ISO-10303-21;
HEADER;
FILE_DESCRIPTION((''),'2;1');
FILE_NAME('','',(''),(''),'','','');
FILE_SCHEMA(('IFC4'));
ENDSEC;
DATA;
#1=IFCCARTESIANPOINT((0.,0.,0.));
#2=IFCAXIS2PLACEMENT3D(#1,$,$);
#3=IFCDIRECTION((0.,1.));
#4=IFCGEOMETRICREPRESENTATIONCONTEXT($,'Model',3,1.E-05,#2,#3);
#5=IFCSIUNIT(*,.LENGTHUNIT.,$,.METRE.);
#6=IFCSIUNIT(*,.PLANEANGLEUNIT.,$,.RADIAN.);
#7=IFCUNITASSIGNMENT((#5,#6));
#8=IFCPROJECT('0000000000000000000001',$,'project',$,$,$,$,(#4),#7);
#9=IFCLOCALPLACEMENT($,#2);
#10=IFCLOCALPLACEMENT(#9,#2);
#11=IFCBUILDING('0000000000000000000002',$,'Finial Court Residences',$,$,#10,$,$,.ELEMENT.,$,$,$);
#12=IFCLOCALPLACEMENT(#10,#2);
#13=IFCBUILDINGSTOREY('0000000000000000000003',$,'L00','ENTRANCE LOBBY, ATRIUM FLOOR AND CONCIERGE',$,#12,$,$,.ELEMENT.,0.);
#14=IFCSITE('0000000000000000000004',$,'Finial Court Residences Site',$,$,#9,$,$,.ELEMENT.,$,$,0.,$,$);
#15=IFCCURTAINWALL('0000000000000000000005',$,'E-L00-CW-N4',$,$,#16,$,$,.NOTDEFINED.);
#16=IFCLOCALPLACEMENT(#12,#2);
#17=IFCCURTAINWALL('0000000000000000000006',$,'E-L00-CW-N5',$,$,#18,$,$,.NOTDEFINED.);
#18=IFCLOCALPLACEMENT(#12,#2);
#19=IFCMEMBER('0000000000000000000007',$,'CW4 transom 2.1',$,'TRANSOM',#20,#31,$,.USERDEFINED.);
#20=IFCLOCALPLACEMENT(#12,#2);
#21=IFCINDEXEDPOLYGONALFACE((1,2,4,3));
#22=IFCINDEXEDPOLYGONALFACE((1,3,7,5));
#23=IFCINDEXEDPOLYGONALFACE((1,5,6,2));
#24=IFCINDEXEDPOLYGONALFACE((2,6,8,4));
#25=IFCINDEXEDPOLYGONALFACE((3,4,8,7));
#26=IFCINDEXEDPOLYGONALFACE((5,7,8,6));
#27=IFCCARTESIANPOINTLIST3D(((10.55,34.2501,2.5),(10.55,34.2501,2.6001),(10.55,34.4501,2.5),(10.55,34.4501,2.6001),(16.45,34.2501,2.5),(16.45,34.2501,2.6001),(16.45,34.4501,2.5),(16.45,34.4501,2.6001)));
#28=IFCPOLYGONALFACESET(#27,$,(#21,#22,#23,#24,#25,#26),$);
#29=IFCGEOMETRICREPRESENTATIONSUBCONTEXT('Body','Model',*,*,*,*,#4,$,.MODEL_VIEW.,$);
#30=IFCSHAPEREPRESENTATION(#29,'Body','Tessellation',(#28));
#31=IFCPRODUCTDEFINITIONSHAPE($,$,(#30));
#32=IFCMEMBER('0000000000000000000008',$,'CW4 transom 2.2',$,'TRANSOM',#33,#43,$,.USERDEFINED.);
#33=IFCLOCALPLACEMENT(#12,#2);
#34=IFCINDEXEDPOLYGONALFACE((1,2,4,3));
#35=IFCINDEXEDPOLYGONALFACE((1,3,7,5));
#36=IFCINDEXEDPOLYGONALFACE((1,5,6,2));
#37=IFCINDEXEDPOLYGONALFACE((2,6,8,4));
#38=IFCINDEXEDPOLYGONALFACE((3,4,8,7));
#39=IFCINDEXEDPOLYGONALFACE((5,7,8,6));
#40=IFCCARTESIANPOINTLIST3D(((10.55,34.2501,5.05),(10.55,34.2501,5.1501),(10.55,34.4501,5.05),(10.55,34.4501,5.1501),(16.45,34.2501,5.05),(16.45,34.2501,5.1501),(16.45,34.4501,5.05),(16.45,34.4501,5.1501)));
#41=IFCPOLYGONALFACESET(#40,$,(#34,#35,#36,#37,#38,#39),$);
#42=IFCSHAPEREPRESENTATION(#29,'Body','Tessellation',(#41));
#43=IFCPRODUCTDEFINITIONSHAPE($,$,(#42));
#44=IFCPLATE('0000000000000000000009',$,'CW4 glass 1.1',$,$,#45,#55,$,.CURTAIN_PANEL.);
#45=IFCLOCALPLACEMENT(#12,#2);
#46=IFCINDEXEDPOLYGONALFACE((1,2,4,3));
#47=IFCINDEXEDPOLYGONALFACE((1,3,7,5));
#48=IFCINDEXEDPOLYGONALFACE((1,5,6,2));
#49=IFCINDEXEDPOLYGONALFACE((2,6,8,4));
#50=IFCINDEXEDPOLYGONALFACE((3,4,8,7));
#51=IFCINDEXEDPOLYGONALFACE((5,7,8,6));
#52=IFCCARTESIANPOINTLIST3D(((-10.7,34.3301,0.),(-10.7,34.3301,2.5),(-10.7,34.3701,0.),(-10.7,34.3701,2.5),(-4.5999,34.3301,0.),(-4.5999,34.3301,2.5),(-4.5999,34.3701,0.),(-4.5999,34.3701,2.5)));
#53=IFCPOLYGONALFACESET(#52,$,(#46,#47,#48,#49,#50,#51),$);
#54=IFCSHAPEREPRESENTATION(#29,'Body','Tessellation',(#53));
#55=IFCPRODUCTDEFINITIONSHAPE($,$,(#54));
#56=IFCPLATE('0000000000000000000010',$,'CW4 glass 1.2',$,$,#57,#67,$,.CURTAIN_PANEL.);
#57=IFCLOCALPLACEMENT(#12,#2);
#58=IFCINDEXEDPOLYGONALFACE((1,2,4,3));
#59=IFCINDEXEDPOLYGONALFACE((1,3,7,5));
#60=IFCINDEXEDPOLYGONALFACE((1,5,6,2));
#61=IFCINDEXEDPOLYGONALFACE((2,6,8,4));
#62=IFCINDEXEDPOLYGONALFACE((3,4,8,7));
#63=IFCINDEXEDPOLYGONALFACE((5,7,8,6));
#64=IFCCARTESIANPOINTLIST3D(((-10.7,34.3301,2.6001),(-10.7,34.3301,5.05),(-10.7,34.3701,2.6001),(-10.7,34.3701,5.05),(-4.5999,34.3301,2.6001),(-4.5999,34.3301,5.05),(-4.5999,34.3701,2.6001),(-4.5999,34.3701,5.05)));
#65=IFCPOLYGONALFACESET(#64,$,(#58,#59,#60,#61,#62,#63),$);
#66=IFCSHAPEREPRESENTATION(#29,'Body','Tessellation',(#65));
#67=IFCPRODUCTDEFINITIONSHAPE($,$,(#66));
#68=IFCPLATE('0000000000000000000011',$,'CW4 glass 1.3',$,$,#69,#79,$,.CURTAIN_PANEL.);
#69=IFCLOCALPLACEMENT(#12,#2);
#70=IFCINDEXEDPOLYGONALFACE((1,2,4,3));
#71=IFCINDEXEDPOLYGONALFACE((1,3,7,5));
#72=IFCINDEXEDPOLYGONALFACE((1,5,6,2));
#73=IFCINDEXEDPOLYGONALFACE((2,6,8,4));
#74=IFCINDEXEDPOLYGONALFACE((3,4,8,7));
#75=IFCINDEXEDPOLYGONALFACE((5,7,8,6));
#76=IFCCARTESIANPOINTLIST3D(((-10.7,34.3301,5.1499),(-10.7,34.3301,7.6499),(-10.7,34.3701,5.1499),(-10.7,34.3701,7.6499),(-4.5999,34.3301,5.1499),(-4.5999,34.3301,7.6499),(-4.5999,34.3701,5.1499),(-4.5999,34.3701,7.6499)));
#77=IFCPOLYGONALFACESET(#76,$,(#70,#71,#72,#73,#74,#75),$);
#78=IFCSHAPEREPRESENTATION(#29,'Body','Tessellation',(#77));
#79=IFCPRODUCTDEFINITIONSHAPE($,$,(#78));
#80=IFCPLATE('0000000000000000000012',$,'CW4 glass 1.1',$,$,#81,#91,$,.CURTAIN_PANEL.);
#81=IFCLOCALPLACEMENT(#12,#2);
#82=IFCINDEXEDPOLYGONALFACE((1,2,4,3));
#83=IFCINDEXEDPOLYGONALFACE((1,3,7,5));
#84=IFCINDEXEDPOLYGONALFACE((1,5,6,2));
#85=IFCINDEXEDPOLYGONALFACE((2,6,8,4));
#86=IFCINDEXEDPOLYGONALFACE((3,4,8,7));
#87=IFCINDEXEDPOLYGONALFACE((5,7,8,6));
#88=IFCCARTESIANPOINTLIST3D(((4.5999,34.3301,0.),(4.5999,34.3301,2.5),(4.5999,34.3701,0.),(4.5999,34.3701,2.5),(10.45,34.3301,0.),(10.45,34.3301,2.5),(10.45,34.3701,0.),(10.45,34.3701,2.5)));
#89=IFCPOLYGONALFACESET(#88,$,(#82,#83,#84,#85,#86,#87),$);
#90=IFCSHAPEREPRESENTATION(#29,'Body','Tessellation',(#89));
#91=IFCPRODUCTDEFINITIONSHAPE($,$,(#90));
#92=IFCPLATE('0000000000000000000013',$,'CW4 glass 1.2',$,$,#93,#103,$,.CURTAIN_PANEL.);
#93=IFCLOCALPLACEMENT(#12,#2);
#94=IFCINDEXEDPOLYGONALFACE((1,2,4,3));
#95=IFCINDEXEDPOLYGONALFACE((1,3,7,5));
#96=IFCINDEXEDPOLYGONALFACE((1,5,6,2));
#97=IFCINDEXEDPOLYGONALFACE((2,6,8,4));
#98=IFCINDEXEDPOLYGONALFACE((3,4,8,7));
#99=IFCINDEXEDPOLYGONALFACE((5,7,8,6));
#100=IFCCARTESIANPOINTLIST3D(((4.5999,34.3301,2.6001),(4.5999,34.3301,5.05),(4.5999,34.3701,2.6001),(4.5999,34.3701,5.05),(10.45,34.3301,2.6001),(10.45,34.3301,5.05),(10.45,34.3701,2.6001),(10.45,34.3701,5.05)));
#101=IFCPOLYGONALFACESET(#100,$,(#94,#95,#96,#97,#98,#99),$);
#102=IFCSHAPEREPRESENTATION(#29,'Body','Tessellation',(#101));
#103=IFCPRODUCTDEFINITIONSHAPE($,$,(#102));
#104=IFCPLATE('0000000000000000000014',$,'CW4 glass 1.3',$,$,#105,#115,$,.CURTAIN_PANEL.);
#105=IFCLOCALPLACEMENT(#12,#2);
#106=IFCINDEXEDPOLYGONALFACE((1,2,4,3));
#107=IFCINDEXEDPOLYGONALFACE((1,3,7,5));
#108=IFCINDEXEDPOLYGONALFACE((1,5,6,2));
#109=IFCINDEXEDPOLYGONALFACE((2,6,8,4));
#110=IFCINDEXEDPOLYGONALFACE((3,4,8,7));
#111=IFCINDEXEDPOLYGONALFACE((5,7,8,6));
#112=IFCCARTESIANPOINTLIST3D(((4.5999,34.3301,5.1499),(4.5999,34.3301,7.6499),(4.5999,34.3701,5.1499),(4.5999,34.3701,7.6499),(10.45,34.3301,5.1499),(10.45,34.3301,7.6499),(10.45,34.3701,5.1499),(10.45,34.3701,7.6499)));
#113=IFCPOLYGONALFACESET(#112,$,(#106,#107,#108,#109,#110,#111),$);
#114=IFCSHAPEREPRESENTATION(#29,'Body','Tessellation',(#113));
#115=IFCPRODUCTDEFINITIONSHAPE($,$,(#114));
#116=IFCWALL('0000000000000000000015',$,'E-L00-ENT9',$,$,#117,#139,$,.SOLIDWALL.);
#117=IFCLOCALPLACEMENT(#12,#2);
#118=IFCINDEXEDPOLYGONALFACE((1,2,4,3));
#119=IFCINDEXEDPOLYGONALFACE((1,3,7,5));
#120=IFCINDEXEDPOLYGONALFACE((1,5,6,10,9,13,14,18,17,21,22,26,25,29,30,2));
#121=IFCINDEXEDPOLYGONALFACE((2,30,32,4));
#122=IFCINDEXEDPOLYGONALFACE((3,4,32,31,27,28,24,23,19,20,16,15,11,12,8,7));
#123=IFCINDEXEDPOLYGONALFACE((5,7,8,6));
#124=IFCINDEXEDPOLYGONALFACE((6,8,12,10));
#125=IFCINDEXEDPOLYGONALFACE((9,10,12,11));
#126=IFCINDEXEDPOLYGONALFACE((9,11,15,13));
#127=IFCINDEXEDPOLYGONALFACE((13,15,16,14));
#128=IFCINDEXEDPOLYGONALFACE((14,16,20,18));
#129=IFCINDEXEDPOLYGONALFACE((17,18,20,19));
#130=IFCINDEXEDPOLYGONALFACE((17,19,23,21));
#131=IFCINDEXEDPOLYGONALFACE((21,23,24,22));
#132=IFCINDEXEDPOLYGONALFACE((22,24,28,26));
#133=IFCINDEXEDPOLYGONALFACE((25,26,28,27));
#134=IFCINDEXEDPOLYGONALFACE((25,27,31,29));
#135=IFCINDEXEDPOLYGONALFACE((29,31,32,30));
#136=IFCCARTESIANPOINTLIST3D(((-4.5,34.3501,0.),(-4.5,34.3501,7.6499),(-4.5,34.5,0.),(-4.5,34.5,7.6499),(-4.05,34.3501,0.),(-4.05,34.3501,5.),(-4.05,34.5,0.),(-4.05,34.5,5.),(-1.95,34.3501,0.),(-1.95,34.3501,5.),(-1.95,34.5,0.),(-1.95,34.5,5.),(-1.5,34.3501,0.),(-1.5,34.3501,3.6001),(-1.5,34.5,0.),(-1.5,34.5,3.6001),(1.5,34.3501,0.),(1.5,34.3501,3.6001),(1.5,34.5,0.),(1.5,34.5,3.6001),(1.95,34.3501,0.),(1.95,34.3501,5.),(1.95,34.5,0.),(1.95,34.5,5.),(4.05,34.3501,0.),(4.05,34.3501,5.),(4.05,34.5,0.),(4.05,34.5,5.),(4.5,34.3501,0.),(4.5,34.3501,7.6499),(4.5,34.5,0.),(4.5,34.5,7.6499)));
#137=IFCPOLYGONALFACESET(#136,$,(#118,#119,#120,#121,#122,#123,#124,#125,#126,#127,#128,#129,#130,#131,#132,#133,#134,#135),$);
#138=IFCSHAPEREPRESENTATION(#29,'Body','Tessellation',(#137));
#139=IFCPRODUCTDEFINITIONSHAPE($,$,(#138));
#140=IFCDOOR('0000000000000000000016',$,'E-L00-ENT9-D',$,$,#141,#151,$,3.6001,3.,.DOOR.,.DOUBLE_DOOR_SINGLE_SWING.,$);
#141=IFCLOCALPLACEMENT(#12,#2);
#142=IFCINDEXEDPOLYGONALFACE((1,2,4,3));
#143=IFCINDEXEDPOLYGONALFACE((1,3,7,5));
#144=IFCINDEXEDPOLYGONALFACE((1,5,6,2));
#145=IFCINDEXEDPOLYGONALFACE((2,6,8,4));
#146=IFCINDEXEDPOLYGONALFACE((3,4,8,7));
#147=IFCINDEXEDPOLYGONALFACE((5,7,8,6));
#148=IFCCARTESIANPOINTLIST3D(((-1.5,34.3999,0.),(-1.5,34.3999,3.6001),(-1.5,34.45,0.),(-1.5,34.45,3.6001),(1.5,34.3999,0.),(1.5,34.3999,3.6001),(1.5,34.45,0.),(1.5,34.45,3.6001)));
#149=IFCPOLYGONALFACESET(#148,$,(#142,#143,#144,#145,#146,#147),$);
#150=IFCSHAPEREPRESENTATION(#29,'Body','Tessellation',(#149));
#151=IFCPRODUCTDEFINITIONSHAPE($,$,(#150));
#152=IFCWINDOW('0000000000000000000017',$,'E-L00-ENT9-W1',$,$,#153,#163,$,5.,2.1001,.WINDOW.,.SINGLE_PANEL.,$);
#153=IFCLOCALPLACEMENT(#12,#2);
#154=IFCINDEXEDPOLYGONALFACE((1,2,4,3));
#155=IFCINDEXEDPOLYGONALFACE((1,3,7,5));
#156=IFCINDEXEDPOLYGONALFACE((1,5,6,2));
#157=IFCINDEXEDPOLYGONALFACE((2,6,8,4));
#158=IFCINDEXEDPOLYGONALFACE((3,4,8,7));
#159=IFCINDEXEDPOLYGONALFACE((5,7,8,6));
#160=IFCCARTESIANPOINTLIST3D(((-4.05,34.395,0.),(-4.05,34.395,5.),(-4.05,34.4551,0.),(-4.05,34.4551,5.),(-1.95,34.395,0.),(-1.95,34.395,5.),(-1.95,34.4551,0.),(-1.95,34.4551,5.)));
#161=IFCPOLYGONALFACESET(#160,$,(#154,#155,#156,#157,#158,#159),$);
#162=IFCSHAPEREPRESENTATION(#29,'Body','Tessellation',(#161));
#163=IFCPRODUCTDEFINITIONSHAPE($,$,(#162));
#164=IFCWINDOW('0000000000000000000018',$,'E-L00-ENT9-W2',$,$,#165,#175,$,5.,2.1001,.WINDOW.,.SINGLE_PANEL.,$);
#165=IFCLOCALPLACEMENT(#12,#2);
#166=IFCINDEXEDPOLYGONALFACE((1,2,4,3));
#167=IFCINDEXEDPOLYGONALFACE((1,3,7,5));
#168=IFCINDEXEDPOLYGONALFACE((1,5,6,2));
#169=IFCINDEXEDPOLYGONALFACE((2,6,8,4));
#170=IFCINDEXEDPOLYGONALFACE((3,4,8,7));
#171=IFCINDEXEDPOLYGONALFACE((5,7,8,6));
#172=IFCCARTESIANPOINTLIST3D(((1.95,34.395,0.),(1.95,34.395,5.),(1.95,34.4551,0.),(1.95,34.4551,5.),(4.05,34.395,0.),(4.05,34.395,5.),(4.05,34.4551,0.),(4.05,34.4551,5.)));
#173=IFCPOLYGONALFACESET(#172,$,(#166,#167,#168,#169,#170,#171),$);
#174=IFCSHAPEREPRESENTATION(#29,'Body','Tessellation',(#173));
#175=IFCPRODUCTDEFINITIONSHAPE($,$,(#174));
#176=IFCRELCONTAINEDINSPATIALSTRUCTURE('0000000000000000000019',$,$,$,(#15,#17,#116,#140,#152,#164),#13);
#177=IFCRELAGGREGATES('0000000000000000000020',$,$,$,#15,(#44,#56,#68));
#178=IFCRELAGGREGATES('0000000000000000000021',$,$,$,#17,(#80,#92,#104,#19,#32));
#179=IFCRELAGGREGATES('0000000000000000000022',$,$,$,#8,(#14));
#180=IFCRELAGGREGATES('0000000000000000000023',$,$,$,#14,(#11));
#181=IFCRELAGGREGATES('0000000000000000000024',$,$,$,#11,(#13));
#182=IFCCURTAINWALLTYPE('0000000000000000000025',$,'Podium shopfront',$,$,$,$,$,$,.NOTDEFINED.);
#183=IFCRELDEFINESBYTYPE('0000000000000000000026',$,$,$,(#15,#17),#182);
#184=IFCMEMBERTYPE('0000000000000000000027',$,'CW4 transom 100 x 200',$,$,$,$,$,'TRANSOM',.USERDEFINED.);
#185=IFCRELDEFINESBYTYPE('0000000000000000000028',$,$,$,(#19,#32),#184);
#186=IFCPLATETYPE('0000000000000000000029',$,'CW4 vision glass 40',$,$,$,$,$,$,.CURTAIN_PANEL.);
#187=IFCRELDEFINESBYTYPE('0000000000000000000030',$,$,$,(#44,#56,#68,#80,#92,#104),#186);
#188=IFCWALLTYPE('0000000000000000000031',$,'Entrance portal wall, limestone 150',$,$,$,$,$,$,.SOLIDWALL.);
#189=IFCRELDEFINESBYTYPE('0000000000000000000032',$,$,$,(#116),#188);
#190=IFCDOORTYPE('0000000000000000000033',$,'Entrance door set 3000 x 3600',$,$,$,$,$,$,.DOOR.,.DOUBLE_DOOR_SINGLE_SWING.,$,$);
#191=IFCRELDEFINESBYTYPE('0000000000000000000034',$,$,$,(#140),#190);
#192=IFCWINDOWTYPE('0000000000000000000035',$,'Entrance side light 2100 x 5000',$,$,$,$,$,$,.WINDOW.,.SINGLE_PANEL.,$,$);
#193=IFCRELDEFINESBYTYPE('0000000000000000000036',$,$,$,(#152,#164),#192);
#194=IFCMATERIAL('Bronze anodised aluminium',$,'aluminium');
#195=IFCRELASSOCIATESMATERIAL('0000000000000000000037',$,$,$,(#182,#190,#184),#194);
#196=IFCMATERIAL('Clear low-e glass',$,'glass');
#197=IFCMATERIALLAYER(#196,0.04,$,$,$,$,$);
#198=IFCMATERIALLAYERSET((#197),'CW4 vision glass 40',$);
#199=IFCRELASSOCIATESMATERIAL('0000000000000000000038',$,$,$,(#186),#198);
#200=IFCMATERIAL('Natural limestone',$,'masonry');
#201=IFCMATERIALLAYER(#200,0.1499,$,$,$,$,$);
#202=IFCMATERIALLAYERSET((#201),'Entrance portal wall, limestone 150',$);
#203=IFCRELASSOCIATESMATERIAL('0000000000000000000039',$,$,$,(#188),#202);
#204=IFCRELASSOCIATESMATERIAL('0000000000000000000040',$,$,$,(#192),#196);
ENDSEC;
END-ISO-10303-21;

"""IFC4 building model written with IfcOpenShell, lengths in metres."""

from ifc_helpers import new_model, si_unit, direction, frame, frame_2d, origin, origin_2d, place, context, subcontext, project, spatial, rectangle, extrude, material, layer, layer_set, material_profile, profile_set, type_object, element, fill, aggregate, save


model = new_model("IFC4")

# Units and contexts
model_context = context("Model", 3, precision=1e-05, world=origin(), true_north=direction((0.0, 1.0)))
body_context = subcontext(model_context, "Body", "Model", "MODEL_VIEW")
ifc_project = project(units=[si_unit("LENGTHUNIT", "METRE"), si_unit("PLANEANGLEUNIT", "RADIAN")], contexts=[model_context])

# Site, building, storey
site_placement = place(None, origin())
site = spatial("IfcSite", under=ifc_project, at=site_placement, Name="Finial Court Residences Site", CompositionType="ELEMENT", RefElevation=0.0)
building_placement = place(site_placement, origin())
building = spatial("IfcBuilding", under=site, at=building_placement, Name="Finial Court Residences", CompositionType="ELEMENT")
storey_placement = place(building_placement, origin())
storey = spatial("IfcBuildingStorey", under=building, at=storey_placement, Name="L00", Description="ENTRANCE LOBBY, ATRIUM FLOOR AND CONCIERGE", CompositionType="ELEMENT", Elevation=0.0)

# Curtain walls
ifc_material_1 = material(Name="Bronze anodised aluminium", Category="aluminium")
curtain_wall_type = type_object("IfcCurtainWallType", Name="Podium shopfront", PredefinedType="NOTDEFINED", material=ifc_material_1)
curtain_wall_1_placement = place(storey_placement, origin())
curtain_wall_1 = element("IfcCurtainWall", 1, at=curtain_wall_1_placement, inside=storey, type_object=curtain_wall_type, Name="E-L00-CW-N4", PredefinedType="NOTDEFINED")
curtain_wall_2_placement = place(storey_placement, origin())
curtain_wall_2 = element("IfcCurtainWall", 2, at=curtain_wall_2_placement, inside=storey, type_object=curtain_wall_type, Name="E-L00-CW-N5", PredefinedType="NOTDEFINED")

# Members
ifc_material_profile_1 = material_profile(ifc_material_1, rectangle(XDim=0.2, YDim=0.1001, at=origin_2d()), Name="CW4 transom 100 x 200")
ifc_profile_set_1 = profile_set([ifc_material_profile_1], Name="Bronze anodised aluminium")
member_type_1 = type_object("IfcMemberType", Name="CW4 transom 100 x 200", ElementType="TRANSOM", PredefinedType="USERDEFINED", material=ifc_profile_set_1)
member_1_placement = place(storey_placement, frame((10.55, 34.3501, 2.55), z_axis=(1.0, 0.0, 0.0), x_axis=(0.0, 1.0, 0.0)))
member_1 = element("IfcMember", 3, at=member_1_placement, type_object=member_type_1, Name="CW4 transom 2.1", ObjectType="TRANSOM", PredefinedType="USERDEFINED", context=body_context, shape_type="SweptSolid", body=[
    extrude(rectangle(XDim=0.2, YDim=0.1001, at=origin_2d()), origin(), (0.0, 0.0, 1.0), 5.8999),
])
member_2_placement = place(storey_placement, frame((10.55, 34.3501, 5.1001), z_axis=(1.0, 0.0, 0.0), x_axis=(0.0, 1.0, 0.0)))
member_2 = element("IfcMember", 4, at=member_2_placement, type_object=member_type_1, Name="CW4 transom 2.2", ObjectType="TRANSOM", PredefinedType="USERDEFINED", context=body_context, shape_type="SweptSolid", body=[
    extrude(rectangle(XDim=0.2, YDim=0.1001, at=origin_2d()), origin(), (0.0, 0.0, 1.0), 5.8999),
])

# Plates
ifc_material_2 = material(Name="Clear low-e glass", Category="glass")
ifc_layer_1 = layer(ifc_material_2, 0.04)
ifc_layer_set_1 = layer_set([ifc_layer_1], Name="CW4 vision glass 40")
plate_type = type_object("IfcPlateType", Name="CW4 vision glass 40", PredefinedType="CURTAIN_PANEL", material=ifc_layer_set_1)
plate_1_placement = place(storey_placement, frame((-7.6499, 34.3501, 0.0), z_axis=(0.0, 0.0, 1.0), x_axis=(1.0, 0.0, 0.0)))
plate_1 = element("IfcPlate", 5, at=plate_1_placement, type_object=plate_type, Name="CW4 glass 1.1", PredefinedType="CURTAIN_PANEL", context=body_context, shape_type="SweptSolid", body=[
    extrude(rectangle(XDim=6.1001, YDim=0.04, at=origin_2d()), origin(), (0.0, 0.0, 1.0), 2.5),
])
plate_2_placement = place(storey_placement, frame((-7.6499, 34.3501, 2.6001), z_axis=(0.0, 0.0, 1.0), x_axis=(1.0, 0.0, 0.0)))
plate_2 = element("IfcPlate", 6, at=plate_2_placement, type_object=plate_type, Name="CW4 glass 1.2", PredefinedType="CURTAIN_PANEL", context=body_context, shape_type="SweptSolid", body=[
    extrude(rectangle(XDim=6.1001, YDim=0.04, at=origin_2d()), origin(), (0.0, 0.0, 1.0), 2.45),
])
plate_3_placement = place(storey_placement, frame((-7.6499, 34.3501, 5.1499), z_axis=(0.0, 0.0, 1.0), x_axis=(1.0, 0.0, 0.0)))
plate_3 = element("IfcPlate", 7, at=plate_3_placement, type_object=plate_type, Name="CW4 glass 1.3", PredefinedType="CURTAIN_PANEL", context=body_context, shape_type="SweptSolid", body=[
    extrude(rectangle(XDim=6.1001, YDim=0.04, at=origin_2d()), origin(), (0.0, 0.0, 1.0), 2.5),
])
aggregate(curtain_wall_1, [plate_1, plate_2, plate_3])
plate_4_placement = place(storey_placement, frame((7.5249, 34.3501, 0.0), z_axis=(0.0, 0.0, 1.0), x_axis=(1.0, 0.0, 0.0)))
plate_4 = element("IfcPlate", 8, at=plate_4_placement, type_object=plate_type, Name="CW4 glass 1.1", PredefinedType="CURTAIN_PANEL", context=body_context, shape_type="SweptSolid", body=[
    extrude(rectangle(XDim=5.8501, YDim=0.04, at=origin_2d()), origin(), (0.0, 0.0, 1.0), 2.5),
])
plate_5_placement = place(storey_placement, frame((7.5249, 34.3501, 2.6001), z_axis=(0.0, 0.0, 1.0), x_axis=(1.0, 0.0, 0.0)))
plate_5 = element("IfcPlate", 9, at=plate_5_placement, type_object=plate_type, Name="CW4 glass 1.2", PredefinedType="CURTAIN_PANEL", context=body_context, shape_type="SweptSolid", body=[
    extrude(rectangle(XDim=5.8501, YDim=0.04, at=origin_2d()), origin(), (0.0, 0.0, 1.0), 2.45),
])
plate_6_placement = place(storey_placement, frame((7.5249, 34.3501, 5.1499), z_axis=(0.0, 0.0, 1.0), x_axis=(1.0, 0.0, 0.0)))
plate_6 = element("IfcPlate", 10, at=plate_6_placement, type_object=plate_type, Name="CW4 glass 1.3", PredefinedType="CURTAIN_PANEL", context=body_context, shape_type="SweptSolid", body=[
    extrude(rectangle(XDim=5.8501, YDim=0.04, at=origin_2d()), origin(), (0.0, 0.0, 1.0), 2.5),
])
aggregate(curtain_wall_2, [plate_4, plate_5, plate_6, member_1, member_2])

# Wall, openings, door, windows
ifc_material_3 = material(Name="Natural limestone", Category="masonry")
ifc_layer_2 = layer(ifc_material_3, 0.1499)
ifc_layer_set_2 = layer_set([ifc_layer_2], Name="Entrance portal wall, limestone 150")
wall_type_1 = type_object("IfcWallType", Name="Entrance portal wall, limestone 150", PredefinedType="SOLIDWALL", material=ifc_layer_set_2)
wall_1_placement = place(storey_placement, frame((-4.5, 34.425, 0.0), z_axis=(0.0, 0.0, 1.0), x_axis=(1.0, 0.0, 0.0)))
wall_1 = element("IfcWall", 11, at=wall_1_placement, inside=storey, type_object=wall_type_1, Name="E-L00-ENT9", PredefinedType="SOLIDWALL", context=body_context, shape_type="SweptSolid", body=[
    extrude(rectangle(XDim=9.0, YDim=0.1499, at=frame_2d((4.5, 0.0))), origin(), (0.0, 0.0, 1.0), 7.6499),
])
opening_1_placement = place(wall_1_placement, frame((3.0, 0.0, 0.0)))
opening_1 = element("IfcOpeningElement", 12, at=opening_1_placement, cuts=wall_1, PredefinedType="OPENING", context=body_context, shape_type="SweptSolid", body=[
    extrude(rectangle(XDim=3.0, YDim=3.6001, at=frame_2d((1.5, 1.8))), frame((0.0, 0.085, 0.0), z_axis=(0.0, -1.0, 0.0), x_axis=(1.0, 0.0, 0.0)), (0.0, 0.0, 1.0), 0.1699),
])
opening_2_placement = place(wall_1_placement, frame((0.45, 0.0, 0.0)))
opening_2 = element("IfcOpeningElement", 13, at=opening_2_placement, cuts=wall_1, PredefinedType="OPENING", context=body_context, shape_type="SweptSolid", body=[
    extrude(rectangle(XDim=2.1001, YDim=5.0, at=frame_2d((1.05, 2.5))), frame((0.0, 0.085, 0.0), z_axis=(0.0, -1.0, 0.0), x_axis=(1.0, 0.0, 0.0)), (0.0, 0.0, 1.0), 0.1699),
])
opening_3_placement = place(wall_1_placement, frame((6.45, 0.0, 0.0)))
opening_3 = element("IfcOpeningElement", 14, at=opening_3_placement, cuts=wall_1, PredefinedType="OPENING", context=body_context, shape_type="SweptSolid", body=[
    extrude(rectangle(XDim=2.1001, YDim=5.0, at=frame_2d((1.05, 2.5))), frame((0.0, 0.085, 0.0), z_axis=(0.0, -1.0, 0.0), x_axis=(1.0, 0.0, 0.0)), (0.0, 0.0, 1.0), 0.1699),
])
door_type = type_object("IfcDoorType", Name="Entrance door set 3000 x 3600", OperationType="DOUBLE_DOOR_SINGLE_SWING", PredefinedType="DOOR", material=ifc_material_1)
door_placement = place(opening_1_placement, origin())
door = element("IfcDoor", 15, at=door_placement, inside=storey, type_object=door_type, Name="E-L00-ENT9-D", OperationType="DOUBLE_DOOR_SINGLE_SWING", OverallHeight=3.6001, OverallWidth=3.0, PredefinedType="DOOR", context=body_context, shape_type="SweptSolid", body=[
    extrude(rectangle(XDim=3.0, YDim=3.6001, at=frame_2d((1.5, 1.8))), frame((0.0, 0.0249, 0.0), z_axis=(0.0, -1.0, 0.0), x_axis=(1.0, 0.0, 0.0)), (0.0, 0.0, 1.0), 0.05),
])
fill(opening_1, door)
window_type = type_object("IfcWindowType", Name="Entrance side light 2100 x 5000", PartitioningType="SINGLE_PANEL", PredefinedType="WINDOW", material=ifc_material_2)
window_1_placement = place(opening_2_placement, origin())
window_1 = element("IfcWindow", 16, at=window_1_placement, inside=storey, type_object=window_type, Name="E-L00-ENT9-W1", OverallHeight=5.0, OverallWidth=2.1001, PartitioningType="SINGLE_PANEL", PredefinedType="WINDOW", context=body_context, shape_type="SweptSolid", body=[
    extrude(rectangle(XDim=2.1001, YDim=5.0, at=frame_2d((1.05, 2.5))), frame((0.0, 0.03, 0.0), z_axis=(0.0, -1.0, 0.0), x_axis=(1.0, 0.0, 0.0)), (0.0, 0.0, 1.0), 0.0601),
])
fill(opening_2, window_1)
window_2_placement = place(opening_3_placement, origin())
window_2 = element("IfcWindow", 17, at=window_2_placement, inside=storey, type_object=window_type, Name="E-L00-ENT9-W2", OverallHeight=5.0, OverallWidth=2.1001, PartitioningType="SINGLE_PANEL", PredefinedType="WINDOW", context=body_context, shape_type="SweptSolid", body=[
    extrude(rectangle(XDim=2.1001, YDim=5.0, at=frame_2d((1.05, 2.5))), frame((0.0, 0.03, 0.0), z_axis=(0.0, -1.0, 0.0), x_axis=(1.0, 0.0, 0.0)), (0.0, 0.0, 1.0), 0.0601),
])
fill(opening_3, window_2)

save(model, "model.ifc")
